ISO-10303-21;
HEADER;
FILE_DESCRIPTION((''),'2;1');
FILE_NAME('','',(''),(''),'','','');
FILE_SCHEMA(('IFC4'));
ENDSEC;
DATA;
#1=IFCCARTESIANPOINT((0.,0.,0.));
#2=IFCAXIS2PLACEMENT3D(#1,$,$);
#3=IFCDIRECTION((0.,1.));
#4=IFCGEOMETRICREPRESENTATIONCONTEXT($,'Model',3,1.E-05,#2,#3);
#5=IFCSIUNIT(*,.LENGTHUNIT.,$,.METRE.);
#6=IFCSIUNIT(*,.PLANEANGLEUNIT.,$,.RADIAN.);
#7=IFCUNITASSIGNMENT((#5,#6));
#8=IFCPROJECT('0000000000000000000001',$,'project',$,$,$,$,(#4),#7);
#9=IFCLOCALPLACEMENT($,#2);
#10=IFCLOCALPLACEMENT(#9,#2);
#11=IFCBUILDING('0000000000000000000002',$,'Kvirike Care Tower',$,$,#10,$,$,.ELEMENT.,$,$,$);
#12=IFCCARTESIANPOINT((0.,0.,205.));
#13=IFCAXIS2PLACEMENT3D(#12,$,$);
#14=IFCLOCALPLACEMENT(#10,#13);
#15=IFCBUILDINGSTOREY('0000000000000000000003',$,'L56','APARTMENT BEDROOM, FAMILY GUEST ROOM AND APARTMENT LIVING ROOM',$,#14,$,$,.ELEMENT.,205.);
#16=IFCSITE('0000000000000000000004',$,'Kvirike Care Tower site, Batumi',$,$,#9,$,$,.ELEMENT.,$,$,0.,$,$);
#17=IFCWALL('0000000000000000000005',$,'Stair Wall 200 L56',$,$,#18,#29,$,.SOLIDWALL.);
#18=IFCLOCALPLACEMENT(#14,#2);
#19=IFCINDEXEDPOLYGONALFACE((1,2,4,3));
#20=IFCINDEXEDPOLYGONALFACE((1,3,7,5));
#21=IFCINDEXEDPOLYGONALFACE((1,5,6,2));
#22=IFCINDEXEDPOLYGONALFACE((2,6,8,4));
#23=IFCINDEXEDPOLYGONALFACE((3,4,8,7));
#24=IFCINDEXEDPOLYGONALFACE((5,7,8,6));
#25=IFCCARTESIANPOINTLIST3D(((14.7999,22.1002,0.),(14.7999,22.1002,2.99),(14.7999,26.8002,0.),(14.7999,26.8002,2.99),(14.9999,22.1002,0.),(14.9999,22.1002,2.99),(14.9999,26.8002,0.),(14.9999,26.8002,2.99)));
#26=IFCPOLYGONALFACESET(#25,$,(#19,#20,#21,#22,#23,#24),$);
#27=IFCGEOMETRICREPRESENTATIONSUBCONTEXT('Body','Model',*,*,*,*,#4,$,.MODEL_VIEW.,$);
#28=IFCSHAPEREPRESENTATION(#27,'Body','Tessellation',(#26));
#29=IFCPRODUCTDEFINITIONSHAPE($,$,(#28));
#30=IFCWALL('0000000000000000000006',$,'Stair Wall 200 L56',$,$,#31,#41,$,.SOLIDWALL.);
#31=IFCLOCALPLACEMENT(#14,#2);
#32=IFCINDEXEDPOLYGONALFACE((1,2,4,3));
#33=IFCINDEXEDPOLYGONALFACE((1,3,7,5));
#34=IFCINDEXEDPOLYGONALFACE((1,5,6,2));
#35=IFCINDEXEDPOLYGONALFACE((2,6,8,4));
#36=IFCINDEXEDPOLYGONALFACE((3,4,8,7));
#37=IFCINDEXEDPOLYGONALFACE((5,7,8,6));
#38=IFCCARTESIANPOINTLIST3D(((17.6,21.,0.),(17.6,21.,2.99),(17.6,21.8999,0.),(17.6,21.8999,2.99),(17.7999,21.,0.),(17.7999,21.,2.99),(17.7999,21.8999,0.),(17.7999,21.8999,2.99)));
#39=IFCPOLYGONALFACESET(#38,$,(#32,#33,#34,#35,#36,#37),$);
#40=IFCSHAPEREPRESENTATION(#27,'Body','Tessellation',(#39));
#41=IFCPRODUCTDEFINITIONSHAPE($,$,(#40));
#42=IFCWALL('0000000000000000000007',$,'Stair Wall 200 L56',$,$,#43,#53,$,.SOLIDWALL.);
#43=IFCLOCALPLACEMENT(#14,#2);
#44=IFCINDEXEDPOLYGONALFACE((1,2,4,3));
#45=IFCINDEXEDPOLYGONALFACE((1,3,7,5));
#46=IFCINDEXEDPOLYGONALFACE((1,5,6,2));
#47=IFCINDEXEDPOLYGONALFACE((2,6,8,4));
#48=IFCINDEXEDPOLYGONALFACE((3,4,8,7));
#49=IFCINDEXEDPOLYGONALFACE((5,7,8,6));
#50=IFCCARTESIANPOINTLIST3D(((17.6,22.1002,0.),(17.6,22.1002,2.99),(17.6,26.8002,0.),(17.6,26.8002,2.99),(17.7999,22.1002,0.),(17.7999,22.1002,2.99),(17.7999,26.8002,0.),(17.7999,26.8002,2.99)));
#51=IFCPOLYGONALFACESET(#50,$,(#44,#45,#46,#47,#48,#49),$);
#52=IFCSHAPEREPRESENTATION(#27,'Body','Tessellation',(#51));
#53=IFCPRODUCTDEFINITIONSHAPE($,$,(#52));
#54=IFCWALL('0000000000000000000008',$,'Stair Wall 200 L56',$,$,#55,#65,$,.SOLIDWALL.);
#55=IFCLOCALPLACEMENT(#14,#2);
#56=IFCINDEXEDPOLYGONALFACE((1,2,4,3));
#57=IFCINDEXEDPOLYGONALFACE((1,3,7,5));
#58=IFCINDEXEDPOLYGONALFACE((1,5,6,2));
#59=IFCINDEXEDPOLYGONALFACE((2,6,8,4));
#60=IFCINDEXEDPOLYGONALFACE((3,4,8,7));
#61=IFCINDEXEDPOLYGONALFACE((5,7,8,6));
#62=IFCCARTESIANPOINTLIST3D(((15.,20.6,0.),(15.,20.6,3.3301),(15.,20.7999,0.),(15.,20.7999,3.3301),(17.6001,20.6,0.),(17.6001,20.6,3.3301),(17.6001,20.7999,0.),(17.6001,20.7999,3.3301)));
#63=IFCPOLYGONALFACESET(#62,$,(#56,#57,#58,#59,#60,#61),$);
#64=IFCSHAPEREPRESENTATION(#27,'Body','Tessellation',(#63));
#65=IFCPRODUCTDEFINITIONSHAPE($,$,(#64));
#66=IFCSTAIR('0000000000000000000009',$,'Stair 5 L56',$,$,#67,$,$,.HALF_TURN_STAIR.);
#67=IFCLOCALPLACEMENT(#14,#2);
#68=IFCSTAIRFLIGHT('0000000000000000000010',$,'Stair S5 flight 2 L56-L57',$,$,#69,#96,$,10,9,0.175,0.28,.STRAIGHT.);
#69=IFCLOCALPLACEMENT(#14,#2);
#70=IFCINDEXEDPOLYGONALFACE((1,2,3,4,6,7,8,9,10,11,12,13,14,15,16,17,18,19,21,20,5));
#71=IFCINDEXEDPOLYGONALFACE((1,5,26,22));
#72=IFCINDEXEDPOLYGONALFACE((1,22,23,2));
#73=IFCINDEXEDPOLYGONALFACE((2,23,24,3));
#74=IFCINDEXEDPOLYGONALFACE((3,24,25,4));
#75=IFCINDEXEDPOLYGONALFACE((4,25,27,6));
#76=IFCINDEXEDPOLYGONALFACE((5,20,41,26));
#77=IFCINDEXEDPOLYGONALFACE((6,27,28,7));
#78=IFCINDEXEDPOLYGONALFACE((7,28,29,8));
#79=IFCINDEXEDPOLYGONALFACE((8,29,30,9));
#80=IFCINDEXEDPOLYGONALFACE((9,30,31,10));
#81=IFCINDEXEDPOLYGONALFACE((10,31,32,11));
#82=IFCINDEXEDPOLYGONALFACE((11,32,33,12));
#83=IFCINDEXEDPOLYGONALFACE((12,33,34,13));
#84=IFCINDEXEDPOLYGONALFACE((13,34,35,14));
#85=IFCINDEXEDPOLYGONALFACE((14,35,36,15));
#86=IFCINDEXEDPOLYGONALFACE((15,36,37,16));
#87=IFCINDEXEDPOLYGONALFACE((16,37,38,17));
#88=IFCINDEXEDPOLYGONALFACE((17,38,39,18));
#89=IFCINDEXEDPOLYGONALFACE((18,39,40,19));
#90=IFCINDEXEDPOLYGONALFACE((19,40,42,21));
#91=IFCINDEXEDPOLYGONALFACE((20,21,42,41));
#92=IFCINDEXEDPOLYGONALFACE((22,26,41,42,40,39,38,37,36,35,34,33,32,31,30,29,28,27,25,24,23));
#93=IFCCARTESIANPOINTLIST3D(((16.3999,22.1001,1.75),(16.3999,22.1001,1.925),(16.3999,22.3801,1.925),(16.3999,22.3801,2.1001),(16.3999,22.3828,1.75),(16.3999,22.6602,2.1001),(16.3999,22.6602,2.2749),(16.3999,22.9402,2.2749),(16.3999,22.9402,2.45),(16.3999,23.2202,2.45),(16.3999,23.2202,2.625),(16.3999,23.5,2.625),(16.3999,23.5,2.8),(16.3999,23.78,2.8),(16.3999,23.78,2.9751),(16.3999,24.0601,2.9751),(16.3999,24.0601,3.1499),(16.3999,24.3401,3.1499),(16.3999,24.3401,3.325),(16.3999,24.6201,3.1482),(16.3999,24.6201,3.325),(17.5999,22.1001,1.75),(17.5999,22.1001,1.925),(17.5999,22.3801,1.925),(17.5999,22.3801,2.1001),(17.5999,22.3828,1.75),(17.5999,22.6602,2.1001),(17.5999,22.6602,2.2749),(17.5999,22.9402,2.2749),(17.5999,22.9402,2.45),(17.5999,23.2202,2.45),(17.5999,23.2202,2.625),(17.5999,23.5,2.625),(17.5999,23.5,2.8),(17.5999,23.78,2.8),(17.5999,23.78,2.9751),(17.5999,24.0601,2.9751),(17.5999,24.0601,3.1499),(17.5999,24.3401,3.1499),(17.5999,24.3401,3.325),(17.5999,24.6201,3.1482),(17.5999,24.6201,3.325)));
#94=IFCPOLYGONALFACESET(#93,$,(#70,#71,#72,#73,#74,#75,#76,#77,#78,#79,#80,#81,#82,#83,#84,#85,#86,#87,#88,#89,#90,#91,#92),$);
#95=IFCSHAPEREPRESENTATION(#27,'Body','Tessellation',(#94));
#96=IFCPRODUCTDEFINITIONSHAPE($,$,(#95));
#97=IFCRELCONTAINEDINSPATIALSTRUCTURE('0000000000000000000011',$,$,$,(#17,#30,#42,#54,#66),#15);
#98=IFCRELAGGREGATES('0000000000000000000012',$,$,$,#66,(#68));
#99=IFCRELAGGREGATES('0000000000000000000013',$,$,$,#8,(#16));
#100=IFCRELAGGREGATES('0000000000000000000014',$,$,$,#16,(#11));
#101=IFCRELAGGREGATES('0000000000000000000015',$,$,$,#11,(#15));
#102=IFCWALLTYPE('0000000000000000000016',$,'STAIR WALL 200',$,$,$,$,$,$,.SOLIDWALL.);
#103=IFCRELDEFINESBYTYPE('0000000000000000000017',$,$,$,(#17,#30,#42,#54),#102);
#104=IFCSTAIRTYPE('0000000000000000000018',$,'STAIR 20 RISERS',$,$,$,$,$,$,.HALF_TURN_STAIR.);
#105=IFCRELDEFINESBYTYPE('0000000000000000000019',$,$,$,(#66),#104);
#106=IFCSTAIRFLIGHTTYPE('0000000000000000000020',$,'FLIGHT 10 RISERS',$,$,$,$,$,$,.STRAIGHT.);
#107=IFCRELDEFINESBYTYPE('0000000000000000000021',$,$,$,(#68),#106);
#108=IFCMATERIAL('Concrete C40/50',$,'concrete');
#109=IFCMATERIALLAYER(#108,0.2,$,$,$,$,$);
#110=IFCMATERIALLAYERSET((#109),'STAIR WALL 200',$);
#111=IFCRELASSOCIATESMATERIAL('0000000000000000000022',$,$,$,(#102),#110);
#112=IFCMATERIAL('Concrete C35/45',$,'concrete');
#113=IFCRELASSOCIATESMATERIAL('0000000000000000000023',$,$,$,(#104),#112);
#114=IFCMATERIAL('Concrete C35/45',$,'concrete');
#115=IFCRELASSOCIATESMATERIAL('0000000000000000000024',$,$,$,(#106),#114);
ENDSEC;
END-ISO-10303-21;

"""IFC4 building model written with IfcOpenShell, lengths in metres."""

from ifc_helpers import new_model, si_unit, direction, frame, frame_2d, origin, place, context, subcontext, project, spatial, polyline, rectangle, outline, extrude, material, layer, layer_set, type_object, element, aggregate, save


model = new_model("IFC4")

# Units and contexts
model_context = context("Model", 3, precision=1e-05, world=origin(), true_north=direction((0.0, 1.0)))
body_context = subcontext(model_context, "Body", "Model", "MODEL_VIEW")
ifc_project = project(units=[si_unit("LENGTHUNIT", "METRE"), si_unit("PLANEANGLEUNIT", "RADIAN")], contexts=[model_context])

# Site, building, storey
site_placement = place(None, origin())
site = spatial("IfcSite", under=ifc_project, at=site_placement, Name="Kvirike Care Tower site, Batumi", CompositionType="ELEMENT", RefElevation=0.0)
building_placement = place(site_placement, origin())
building = spatial("IfcBuilding", under=site, at=building_placement, Name="Kvirike Care Tower", CompositionType="ELEMENT")
storey_placement = place(building_placement, frame((0.0, 0.0, 205.0)))
storey = spatial("IfcBuildingStorey", under=building, at=storey_placement, Name="L56", Description="APARTMENT BEDROOM, FAMILY GUEST ROOM AND APARTMENT LIVING ROOM", CompositionType="ELEMENT", Elevation=205.0)

# Walls
ifc_material_1 = material(Name="Concrete C40/50", Category="concrete")
ifc_layer_1 = layer(ifc_material_1, 0.2)
ifc_layer_set_1 = layer_set([ifc_layer_1], Name="STAIR WALL 200")
wall_type = type_object("IfcWallType", Name="STAIR WALL 200", PredefinedType="SOLIDWALL", material=ifc_layer_set_1)
wall_1_placement = place(storey_placement, frame((14.8999, 22.1001, 0.0), z_axis=(0.0, 0.0, 1.0), x_axis=(0.0, 1.0, 0.0)))
element("IfcWall", 1, at=wall_1_placement, inside=storey, type_object=wall_type, Name="Stair Wall 200 L56", PredefinedType="SOLIDWALL", context=body_context, shape_type="SweptSolid", body=[
    extrude(rectangle(XDim=4.7, YDim=0.2, at=frame_2d((2.3501, 0.0))), origin(), (0.0, 0.0, 1.0), 2.99),
])
wall_2_placement = place(storey_placement, frame((17.7, 21.0, 0.0), z_axis=(0.0, 0.0, 1.0), x_axis=(0.0, 1.0, 0.0)))
element("IfcWall", 2, at=wall_2_placement, inside=storey, type_object=wall_type, Name="Stair Wall 200 L56", PredefinedType="SOLIDWALL", context=body_context, shape_type="SweptSolid", body=[
    extrude(rectangle(XDim=0.8999, YDim=0.2, at=frame_2d((0.45, 0.0))), origin(), (0.0, 0.0, 1.0), 2.99),
])
wall_3_placement = place(storey_placement, frame((17.7, 22.1001, 0.0), z_axis=(0.0, 0.0, 1.0), x_axis=(0.0, 1.0, 0.0)))
element("IfcWall", 3, at=wall_3_placement, inside=storey, type_object=wall_type, Name="Stair Wall 200 L56", PredefinedType="SOLIDWALL", context=body_context, shape_type="SweptSolid", body=[
    extrude(rectangle(XDim=4.7, YDim=0.2, at=frame_2d((2.3501, 0.0))), origin(), (0.0, 0.0, 1.0), 2.99),
])
wall_4_placement = place(storey_placement, frame((15.0, 20.7, 0.0), z_axis=(0.0, 0.0, 1.0), x_axis=(1.0, 0.0, 0.0)))
element("IfcWall", 4, at=wall_4_placement, inside=storey, type_object=wall_type, Name="Stair Wall 200 L56", PredefinedType="SOLIDWALL", context=body_context, shape_type="SweptSolid", body=[
    extrude(rectangle(XDim=2.6001, YDim=0.2, at=frame_2d((1.3, 0.0))), origin(), (0.0, 0.0, 1.0), 3.3301),
])

# Stair, stair flight
ifc_material_2 = material(Name="Concrete C35/45", Category="concrete")
stair_type = type_object("IfcStairType", Name="STAIR 20 RISERS", PredefinedType="HALF_TURN_STAIR", material=ifc_material_2)
stair_placement = place(storey_placement, origin())
stair = element("IfcStair", 5, at=stair_placement, inside=storey, type_object=stair_type, Name="Stair 5 L56", PredefinedType="HALF_TURN_STAIR")
ifc_material_3 = material(Name="Concrete C35/45", Category="concrete")
stair_flight_type = type_object("IfcStairFlightType", Name="FLIGHT 10 RISERS", PredefinedType="STRAIGHT", material=ifc_material_3)
stair_flight_placement = place(storey_placement, frame((17.0, 22.1001, 1.75), z_axis=(0.0, 0.0, 1.0), x_axis=(0.0, 1.0, 0.0)))
stair_flight = element("IfcStairFlight", 6, at=stair_flight_placement, type_object=stair_flight_type, Name="Stair S5 flight 2 L56-L57", NumberOfRisers=10, NumberOfTreads=9, PredefinedType="STRAIGHT", RiserHeight=0.175, TreadLength=0.28, context=body_context, shape_type="SweptSolid", body=[
    extrude(outline(polyline([(0.0, 0.0), (0.0, 0.175), (0.28, 0.175), (0.28, 0.3501), (0.5601, 0.3501), (0.5601, 0.5249), (0.8401, 0.5249), (0.8401, 0.7), (1.1201, 0.7), (1.1201, 0.875), (1.3999, 0.875), (1.3999, 1.05), (1.6799, 1.05), (1.6799, 1.2251), (1.96, 1.2251), (1.96, 1.3999), (2.24, 1.3999), (2.24, 1.575), (2.52, 1.575), (2.52, 1.75), (2.52, 1.3982), (0.2827, 0.0), (0.0, 0.0)])), frame((0.0, 0.6001, 0.0), z_axis=(0.0, -1.0, 0.0), x_axis=(1.0, 0.0, 0.0)), (0.0, 0.0, 1.0), 1.2),
])
aggregate(stair, [stair_flight])

save(model, "model.ifc")
